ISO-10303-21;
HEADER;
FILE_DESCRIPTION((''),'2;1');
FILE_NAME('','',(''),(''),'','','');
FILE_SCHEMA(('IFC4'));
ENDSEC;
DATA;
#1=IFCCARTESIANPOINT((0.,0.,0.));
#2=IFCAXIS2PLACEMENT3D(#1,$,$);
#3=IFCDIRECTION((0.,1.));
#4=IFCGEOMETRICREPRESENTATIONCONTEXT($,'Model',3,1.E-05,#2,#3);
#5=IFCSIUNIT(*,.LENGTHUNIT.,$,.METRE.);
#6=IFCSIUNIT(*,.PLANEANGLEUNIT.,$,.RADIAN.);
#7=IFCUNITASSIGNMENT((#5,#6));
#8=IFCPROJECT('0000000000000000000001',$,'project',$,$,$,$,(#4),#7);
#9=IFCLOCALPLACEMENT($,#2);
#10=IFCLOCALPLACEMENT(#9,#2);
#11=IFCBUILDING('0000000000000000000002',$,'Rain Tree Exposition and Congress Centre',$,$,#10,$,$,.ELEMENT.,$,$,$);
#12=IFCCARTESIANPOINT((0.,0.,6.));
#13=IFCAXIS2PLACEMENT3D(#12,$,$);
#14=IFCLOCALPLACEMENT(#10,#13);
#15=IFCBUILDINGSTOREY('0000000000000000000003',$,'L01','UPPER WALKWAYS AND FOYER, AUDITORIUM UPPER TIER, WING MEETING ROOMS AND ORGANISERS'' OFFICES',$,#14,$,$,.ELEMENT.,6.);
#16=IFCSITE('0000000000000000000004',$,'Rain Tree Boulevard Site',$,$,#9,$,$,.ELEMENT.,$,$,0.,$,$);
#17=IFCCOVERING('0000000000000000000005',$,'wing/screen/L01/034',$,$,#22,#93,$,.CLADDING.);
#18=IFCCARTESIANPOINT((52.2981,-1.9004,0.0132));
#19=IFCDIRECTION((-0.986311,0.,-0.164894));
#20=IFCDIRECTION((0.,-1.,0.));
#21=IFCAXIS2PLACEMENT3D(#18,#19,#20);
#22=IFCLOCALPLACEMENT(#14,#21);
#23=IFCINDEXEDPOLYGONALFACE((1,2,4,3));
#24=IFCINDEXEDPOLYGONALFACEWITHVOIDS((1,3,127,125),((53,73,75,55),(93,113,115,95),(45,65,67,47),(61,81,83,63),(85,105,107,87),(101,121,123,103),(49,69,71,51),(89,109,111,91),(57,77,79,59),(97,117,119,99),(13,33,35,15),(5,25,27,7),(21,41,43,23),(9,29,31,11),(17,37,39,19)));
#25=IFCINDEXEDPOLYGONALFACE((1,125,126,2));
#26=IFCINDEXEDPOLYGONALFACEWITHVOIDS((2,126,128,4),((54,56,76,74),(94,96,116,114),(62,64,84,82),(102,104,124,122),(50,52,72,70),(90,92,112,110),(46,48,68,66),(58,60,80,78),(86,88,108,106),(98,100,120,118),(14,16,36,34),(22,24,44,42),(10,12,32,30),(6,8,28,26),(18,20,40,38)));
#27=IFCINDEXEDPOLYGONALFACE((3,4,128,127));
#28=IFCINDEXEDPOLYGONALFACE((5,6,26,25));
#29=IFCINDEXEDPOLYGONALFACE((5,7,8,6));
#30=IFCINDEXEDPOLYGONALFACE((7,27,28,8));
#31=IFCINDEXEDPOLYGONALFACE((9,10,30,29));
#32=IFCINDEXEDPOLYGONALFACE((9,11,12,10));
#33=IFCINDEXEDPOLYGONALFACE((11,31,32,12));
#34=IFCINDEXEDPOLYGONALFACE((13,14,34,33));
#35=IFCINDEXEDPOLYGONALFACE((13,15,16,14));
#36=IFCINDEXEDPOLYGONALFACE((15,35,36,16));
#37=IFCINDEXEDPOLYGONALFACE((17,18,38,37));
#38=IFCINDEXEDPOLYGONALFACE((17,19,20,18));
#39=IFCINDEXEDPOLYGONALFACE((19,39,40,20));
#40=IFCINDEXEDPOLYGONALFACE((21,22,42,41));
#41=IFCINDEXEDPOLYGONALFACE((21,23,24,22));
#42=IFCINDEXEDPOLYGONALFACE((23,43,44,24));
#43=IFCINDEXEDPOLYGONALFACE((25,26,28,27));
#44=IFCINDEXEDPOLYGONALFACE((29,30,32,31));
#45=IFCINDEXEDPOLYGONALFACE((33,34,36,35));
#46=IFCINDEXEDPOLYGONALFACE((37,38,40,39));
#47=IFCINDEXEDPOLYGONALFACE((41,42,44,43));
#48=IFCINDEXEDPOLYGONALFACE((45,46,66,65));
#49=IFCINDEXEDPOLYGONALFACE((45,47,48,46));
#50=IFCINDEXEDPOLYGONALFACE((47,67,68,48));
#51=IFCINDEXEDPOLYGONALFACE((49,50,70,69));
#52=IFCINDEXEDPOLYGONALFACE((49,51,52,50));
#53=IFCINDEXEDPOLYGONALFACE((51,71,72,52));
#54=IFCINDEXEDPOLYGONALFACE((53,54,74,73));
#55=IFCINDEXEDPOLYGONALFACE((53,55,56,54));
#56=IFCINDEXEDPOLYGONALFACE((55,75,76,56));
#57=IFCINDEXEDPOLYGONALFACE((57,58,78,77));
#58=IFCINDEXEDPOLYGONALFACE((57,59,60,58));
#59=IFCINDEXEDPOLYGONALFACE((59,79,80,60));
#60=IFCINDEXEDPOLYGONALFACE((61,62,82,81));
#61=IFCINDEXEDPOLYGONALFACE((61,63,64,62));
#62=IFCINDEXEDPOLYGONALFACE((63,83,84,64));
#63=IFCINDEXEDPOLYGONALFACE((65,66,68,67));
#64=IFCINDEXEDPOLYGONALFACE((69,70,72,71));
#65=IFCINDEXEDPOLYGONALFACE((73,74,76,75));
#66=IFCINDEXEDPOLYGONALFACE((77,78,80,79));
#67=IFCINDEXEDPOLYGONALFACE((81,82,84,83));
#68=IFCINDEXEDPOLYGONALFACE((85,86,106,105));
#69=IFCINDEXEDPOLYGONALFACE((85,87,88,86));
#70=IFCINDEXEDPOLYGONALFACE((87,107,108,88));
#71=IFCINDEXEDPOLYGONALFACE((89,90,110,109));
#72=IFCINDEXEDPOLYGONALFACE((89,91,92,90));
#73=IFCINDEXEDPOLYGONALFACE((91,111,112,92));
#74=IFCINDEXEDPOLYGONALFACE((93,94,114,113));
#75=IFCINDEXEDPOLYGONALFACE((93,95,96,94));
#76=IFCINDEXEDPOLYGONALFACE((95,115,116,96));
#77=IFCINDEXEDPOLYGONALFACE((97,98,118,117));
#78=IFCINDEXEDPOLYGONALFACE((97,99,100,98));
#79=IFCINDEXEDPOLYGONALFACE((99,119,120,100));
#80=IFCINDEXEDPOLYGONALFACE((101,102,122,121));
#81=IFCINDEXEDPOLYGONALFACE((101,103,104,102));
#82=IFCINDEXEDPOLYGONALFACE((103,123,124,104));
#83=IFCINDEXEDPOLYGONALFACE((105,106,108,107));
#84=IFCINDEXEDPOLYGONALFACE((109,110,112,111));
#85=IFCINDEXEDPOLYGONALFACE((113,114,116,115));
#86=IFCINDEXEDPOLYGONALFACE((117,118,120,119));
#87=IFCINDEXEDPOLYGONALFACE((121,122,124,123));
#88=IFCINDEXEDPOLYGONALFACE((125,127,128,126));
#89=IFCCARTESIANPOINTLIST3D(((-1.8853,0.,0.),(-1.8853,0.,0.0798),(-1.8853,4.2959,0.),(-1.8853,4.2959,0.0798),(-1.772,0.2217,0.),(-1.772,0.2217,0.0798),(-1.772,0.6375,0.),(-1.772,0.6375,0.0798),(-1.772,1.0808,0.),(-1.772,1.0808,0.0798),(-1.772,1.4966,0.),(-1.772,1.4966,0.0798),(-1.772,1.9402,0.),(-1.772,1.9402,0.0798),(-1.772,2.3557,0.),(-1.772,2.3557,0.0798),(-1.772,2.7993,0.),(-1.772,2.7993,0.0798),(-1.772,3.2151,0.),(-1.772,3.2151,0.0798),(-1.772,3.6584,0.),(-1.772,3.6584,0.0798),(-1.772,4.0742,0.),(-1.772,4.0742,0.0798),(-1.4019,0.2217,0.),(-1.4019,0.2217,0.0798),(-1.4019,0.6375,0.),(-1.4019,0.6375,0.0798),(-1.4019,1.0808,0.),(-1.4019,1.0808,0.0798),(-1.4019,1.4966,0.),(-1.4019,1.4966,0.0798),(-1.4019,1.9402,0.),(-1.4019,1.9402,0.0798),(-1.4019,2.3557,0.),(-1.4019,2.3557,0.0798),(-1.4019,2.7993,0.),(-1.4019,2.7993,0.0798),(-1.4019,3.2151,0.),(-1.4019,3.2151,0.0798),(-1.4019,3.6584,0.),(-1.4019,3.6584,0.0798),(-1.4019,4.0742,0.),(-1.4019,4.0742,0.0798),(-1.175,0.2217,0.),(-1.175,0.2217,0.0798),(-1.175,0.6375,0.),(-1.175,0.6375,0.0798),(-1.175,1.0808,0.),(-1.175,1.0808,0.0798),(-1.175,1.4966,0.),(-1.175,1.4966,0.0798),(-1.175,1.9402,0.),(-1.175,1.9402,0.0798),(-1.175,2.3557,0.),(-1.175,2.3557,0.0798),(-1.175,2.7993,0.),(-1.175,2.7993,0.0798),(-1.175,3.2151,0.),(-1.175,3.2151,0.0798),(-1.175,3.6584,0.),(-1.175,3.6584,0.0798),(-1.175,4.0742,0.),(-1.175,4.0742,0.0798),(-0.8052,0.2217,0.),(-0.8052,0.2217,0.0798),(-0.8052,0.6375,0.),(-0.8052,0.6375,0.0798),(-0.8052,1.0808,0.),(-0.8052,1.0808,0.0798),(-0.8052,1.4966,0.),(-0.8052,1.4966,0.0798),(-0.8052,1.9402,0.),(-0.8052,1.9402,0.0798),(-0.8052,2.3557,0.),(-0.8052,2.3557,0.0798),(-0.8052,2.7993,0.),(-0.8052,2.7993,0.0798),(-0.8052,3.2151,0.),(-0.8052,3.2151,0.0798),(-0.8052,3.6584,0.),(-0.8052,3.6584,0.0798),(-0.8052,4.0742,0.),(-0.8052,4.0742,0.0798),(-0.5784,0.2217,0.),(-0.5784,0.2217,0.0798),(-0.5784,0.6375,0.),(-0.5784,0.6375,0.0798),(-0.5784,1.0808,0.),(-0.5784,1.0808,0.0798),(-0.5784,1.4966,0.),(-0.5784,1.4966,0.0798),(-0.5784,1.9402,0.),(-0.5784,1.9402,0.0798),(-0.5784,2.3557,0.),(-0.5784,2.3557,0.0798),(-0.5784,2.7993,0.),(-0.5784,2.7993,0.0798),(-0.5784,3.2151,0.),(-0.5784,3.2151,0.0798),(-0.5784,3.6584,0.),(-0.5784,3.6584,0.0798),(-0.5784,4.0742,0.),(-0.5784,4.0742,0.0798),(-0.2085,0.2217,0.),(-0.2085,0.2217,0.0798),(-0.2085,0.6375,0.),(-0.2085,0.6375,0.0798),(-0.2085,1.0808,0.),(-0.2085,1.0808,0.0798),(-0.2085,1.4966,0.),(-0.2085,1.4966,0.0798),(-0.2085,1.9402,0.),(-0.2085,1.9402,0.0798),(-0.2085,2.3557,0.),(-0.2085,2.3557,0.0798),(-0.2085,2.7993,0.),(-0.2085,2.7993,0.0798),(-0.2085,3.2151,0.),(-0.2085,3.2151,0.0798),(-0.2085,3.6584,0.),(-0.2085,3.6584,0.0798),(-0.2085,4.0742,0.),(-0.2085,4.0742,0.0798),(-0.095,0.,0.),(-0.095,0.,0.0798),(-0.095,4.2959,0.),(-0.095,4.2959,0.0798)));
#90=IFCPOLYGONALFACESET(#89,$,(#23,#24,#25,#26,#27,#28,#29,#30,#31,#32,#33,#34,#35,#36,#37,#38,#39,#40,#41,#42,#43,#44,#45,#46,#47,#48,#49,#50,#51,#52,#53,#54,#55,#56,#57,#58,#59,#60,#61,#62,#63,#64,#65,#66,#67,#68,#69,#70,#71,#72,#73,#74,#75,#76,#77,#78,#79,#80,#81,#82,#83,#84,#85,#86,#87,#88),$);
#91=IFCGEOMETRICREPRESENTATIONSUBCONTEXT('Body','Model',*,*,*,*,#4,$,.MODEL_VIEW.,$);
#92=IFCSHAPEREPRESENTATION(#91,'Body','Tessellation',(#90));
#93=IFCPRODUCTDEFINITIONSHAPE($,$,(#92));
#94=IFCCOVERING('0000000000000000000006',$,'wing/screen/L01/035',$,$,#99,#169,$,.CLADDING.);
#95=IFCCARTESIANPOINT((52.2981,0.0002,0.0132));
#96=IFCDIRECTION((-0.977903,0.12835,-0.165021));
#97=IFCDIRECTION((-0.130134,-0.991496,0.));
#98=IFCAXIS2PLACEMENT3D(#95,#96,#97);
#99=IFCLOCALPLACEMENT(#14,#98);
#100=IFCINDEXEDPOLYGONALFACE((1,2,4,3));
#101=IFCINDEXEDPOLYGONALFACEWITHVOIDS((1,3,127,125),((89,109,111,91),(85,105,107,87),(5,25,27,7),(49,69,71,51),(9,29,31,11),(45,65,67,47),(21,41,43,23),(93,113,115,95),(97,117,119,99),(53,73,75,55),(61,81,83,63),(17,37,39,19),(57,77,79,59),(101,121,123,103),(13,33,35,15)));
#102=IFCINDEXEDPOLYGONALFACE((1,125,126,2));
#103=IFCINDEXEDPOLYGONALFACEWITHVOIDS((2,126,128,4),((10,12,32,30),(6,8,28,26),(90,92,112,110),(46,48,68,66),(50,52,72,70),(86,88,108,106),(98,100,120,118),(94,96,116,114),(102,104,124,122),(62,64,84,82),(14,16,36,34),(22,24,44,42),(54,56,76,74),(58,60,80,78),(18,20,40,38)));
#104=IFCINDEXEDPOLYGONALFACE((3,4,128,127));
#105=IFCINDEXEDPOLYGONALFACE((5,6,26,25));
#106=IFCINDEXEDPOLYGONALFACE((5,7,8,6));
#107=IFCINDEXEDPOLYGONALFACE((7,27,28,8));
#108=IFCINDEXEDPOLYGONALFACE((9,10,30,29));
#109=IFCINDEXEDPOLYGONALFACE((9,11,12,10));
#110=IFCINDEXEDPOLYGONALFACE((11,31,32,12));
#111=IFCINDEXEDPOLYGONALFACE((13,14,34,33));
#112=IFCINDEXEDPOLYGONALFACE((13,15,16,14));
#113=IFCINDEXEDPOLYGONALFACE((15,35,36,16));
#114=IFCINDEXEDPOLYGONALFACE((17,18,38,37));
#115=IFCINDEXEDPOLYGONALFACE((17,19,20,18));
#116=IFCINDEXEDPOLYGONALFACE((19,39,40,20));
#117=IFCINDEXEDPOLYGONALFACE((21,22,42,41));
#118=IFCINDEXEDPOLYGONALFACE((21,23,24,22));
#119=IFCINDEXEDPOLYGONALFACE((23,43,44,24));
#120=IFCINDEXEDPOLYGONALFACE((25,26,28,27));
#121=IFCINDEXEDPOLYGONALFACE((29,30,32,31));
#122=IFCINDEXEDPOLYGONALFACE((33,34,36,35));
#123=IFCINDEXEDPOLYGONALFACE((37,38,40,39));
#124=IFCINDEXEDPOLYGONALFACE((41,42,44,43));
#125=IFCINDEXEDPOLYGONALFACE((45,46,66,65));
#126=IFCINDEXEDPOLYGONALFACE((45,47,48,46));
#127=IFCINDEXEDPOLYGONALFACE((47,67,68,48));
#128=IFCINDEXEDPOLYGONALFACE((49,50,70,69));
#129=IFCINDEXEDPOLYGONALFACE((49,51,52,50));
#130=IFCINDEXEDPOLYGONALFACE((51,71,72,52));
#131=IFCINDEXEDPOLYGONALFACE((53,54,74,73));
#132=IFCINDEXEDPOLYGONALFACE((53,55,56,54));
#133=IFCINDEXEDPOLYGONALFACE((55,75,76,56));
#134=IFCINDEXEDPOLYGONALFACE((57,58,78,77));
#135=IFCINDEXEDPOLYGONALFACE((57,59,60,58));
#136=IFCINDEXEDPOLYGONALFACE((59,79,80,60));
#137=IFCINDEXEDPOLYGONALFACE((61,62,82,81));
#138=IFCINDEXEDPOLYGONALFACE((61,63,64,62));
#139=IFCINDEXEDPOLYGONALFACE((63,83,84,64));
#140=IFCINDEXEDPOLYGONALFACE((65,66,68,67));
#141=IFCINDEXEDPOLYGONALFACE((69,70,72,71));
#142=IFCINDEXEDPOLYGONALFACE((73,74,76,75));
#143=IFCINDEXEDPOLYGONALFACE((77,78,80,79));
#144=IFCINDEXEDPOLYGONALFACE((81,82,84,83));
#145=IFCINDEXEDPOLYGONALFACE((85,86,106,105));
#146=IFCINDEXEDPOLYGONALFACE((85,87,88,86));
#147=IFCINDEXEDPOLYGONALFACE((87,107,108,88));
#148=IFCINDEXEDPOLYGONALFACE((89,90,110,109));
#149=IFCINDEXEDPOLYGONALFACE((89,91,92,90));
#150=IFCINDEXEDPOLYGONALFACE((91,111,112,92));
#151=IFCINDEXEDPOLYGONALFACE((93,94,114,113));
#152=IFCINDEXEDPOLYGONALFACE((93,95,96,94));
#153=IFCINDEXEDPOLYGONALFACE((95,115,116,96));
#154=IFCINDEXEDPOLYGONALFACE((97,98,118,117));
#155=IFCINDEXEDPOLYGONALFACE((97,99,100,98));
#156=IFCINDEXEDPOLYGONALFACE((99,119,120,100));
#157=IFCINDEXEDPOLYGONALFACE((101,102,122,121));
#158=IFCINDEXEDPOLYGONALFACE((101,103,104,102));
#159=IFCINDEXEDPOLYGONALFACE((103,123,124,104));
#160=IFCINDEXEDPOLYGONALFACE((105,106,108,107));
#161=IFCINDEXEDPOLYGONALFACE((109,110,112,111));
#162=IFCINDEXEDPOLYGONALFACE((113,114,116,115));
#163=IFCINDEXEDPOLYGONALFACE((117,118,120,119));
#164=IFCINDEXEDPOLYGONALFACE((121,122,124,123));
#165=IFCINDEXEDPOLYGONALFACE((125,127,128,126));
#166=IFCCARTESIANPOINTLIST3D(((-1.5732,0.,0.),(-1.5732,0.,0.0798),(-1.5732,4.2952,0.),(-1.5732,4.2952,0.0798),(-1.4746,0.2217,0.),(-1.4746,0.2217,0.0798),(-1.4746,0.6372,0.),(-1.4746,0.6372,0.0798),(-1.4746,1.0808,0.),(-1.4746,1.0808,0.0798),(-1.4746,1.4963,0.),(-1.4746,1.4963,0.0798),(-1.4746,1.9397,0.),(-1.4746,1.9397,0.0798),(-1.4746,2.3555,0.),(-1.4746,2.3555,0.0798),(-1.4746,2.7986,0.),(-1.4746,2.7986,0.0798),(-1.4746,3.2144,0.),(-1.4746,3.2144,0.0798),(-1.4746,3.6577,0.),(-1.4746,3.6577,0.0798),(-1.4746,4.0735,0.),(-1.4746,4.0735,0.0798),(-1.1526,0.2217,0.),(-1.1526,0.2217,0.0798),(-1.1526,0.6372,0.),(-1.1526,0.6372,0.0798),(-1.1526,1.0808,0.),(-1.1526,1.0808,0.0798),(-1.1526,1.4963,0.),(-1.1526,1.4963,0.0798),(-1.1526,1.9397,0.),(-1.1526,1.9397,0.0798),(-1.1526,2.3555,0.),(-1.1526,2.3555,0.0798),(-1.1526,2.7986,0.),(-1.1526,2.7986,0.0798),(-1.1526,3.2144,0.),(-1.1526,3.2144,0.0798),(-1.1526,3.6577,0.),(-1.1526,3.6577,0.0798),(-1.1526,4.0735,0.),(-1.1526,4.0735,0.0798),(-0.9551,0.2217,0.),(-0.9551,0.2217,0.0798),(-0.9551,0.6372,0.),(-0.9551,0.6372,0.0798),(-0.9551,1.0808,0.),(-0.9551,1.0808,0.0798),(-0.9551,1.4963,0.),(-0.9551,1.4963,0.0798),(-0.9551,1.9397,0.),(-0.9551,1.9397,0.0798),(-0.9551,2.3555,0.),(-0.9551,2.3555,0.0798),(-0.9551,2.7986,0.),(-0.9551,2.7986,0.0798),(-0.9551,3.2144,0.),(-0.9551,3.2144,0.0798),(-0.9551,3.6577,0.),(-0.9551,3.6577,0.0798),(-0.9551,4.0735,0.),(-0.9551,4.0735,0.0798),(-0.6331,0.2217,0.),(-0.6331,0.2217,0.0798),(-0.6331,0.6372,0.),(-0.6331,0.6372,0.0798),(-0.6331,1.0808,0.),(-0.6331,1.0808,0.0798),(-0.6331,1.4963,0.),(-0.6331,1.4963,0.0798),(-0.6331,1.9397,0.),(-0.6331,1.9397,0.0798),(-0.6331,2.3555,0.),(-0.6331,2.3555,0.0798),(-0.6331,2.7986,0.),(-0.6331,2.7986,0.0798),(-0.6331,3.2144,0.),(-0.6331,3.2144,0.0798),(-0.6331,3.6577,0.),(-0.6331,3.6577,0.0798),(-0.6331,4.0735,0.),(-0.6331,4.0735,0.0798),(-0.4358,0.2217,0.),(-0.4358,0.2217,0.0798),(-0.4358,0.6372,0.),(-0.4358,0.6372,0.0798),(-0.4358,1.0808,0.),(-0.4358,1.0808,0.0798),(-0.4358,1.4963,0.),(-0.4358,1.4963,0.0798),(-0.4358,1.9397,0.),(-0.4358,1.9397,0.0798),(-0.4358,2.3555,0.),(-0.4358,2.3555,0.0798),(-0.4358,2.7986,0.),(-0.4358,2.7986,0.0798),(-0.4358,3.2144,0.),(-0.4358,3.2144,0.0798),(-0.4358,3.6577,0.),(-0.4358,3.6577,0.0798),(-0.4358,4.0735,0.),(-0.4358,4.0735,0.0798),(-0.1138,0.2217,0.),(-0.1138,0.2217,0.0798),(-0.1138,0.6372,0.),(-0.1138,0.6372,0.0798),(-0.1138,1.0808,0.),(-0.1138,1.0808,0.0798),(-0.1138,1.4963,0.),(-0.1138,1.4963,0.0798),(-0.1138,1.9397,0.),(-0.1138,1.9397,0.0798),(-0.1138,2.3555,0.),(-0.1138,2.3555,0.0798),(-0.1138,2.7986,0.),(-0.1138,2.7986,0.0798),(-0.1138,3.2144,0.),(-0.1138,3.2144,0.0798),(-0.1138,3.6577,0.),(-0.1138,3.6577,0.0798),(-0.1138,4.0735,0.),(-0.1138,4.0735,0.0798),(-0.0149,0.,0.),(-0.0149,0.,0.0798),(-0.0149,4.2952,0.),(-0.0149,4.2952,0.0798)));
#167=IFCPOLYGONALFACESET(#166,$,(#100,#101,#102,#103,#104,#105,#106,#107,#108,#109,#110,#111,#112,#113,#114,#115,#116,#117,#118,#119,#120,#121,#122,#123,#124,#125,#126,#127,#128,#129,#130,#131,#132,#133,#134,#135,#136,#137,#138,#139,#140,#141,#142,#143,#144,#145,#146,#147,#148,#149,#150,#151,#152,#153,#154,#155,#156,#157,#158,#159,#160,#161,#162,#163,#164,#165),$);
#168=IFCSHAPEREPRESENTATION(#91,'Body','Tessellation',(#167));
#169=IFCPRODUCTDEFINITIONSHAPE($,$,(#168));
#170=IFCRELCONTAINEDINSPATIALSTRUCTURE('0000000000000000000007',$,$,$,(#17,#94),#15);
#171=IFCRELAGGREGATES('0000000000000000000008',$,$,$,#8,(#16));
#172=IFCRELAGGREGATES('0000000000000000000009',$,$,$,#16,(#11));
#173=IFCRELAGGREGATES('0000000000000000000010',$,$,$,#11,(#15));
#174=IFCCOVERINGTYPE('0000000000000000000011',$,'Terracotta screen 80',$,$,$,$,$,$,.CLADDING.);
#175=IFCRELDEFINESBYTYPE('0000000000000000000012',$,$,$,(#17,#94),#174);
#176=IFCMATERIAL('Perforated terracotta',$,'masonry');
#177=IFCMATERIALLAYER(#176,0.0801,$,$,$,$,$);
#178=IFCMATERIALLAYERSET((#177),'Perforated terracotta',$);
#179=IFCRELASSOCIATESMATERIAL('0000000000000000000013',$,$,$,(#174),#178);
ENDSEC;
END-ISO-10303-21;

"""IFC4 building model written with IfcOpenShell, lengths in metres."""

from ifc_helpers import new_model, si_unit, direction, frame, origin, place, context, subcontext, project, spatial, polyline, outline, extrude, material, layer, layer_set, type_object, element, save


model = new_model("IFC4")

# Units and contexts
model_context = context("Model", 3, precision=1e-05, world=origin(), true_north=direction((0.0, 1.0)))
body_context = subcontext(model_context, "Body", "Model", "MODEL_VIEW")
ifc_project = project(units=[si_unit("LENGTHUNIT", "METRE"), si_unit("PLANEANGLEUNIT", "RADIAN")], contexts=[model_context])

# Site, building, storey
site_placement = place(None, origin())
site = spatial("IfcSite", under=ifc_project, at=site_placement, Name="Rain Tree Boulevard Site", CompositionType="ELEMENT", RefElevation=0.0)
building_placement = place(site_placement, origin())
building = spatial("IfcBuilding", under=site, at=building_placement, Name="Rain Tree Exposition and Congress Centre", CompositionType="ELEMENT")
storey_placement = place(building_placement, frame((0.0, 0.0, 6.0)))
storey = spatial("IfcBuildingStorey", under=building, at=storey_placement, Name="L01", Description="UPPER WALKWAYS AND FOYER, AUDITORIUM UPPER TIER, WING MEETING ROOMS AND ORGANISERS' OFFICES", CompositionType="ELEMENT", Elevation=6.0)

# Coverings
ifc_material_1 = material(Name="Perforated terracotta", Category="masonry")
ifc_layer = layer(ifc_material_1, 0.0801)
ifc_layer_set = layer_set([ifc_layer], Name="Perforated terracotta")
covering_type = type_object("IfcCoveringType", Name="Terracotta screen 80", PredefinedType="CLADDING", material=ifc_layer_set)
covering_1_placement = place(storey_placement, frame((52.2981, -1.9004, 0.0132), z_axis=(-0.986311, 0.0, -0.164894), x_axis=(0.0, -1.0, 0.0)))
element("IfcCovering", 1, at=covering_1_placement, inside=storey, type_object=covering_type, Name="wing/screen/L01/034", PredefinedType="CLADDING", context=body_context, shape_type="SweptSolid", body=[
    extrude(outline(polyline([(-1.8853, 0.0), (-1.8853, 4.2959), (-0.095, 4.2959), (-0.095, 0.0), (-1.8853, 0.0)]), holes=[polyline([(-0.2085, 0.2217), (-0.2085, 0.6375), (-0.5784, 0.6375), (-0.5784, 0.2217), (-0.2085, 0.2217)]), polyline([(-0.2085, 1.0808), (-0.2085, 1.4966), (-0.5784, 1.4966), (-0.5784, 1.0808), (-0.2085, 1.0808)]), polyline([(-0.2085, 1.9402), (-0.2085, 2.3557), (-0.5784, 2.3557), (-0.5784, 1.9402), (-0.2085, 1.9402)]), polyline([(-0.2085, 2.7993), (-0.2085, 3.2151), (-0.5784, 3.2151), (-0.5784, 2.7993), (-0.2085, 2.7993)]), polyline([(-0.2085, 3.6584), (-0.2085, 4.0742), (-0.5784, 4.0742), (-0.5784, 3.6584), (-0.2085, 3.6584)]), polyline([(-0.8052, 0.2217), (-0.8052, 0.6375), (-1.175, 0.6375), (-1.175, 0.2217), (-0.8052, 0.2217)]), polyline([(-0.8052, 1.0808), (-0.8052, 1.4966), (-1.175, 1.4966), (-1.175, 1.0808), (-0.8052, 1.0808)]), polyline([(-0.8052, 1.9402), (-0.8052, 2.3557), (-1.175, 2.3557), (-1.175, 1.9402), (-0.8052, 1.9402)]), polyline([(-0.8052, 2.7993), (-0.8052, 3.2151), (-1.175, 3.2151), (-1.175, 2.7993), (-0.8052, 2.7993)]), polyline([(-0.8052, 3.6584), (-0.8052, 4.0742), (-1.175, 4.0742), (-1.175, 3.6584), (-0.8052, 3.6584)]), polyline([(-1.4019, 0.2217), (-1.4019, 0.6375), (-1.772, 0.6375), (-1.772, 0.2217), (-1.4019, 0.2217)]), polyline([(-1.4019, 1.0808), (-1.4019, 1.4966), (-1.772, 1.4966), (-1.772, 1.0808), (-1.4019, 1.0808)]), polyline([(-1.4019, 1.9402), (-1.4019, 2.3557), (-1.772, 2.3557), (-1.772, 1.9402), (-1.4019, 1.9402)]), polyline([(-1.4019, 2.7993), (-1.4019, 3.2151), (-1.772, 3.2151), (-1.772, 2.7993), (-1.4019, 2.7993)]), polyline([(-1.4019, 3.6584), (-1.4019, 4.0742), (-1.772, 4.0742), (-1.772, 3.6584), (-1.4019, 3.6584)])]), origin(), (0.0, 0.0, 1.0), 0.0798),
])
covering_2_placement = place(storey_placement, frame((52.2981, 0.0002, 0.0132), z_axis=(-0.977903, 0.12835, -0.165021), x_axis=(-0.130134, -0.991496, 0.0)))
element("IfcCovering", 2, at=covering_2_placement, inside=storey, type_object=covering_type, Name="wing/screen/L01/035", PredefinedType="CLADDING", context=body_context, shape_type="SweptSolid", body=[
    extrude(outline(polyline([(-1.5732, 0.0), (-1.5732, 4.2952), (-0.0149, 4.2952), (-0.0149, 0.0), (-1.5732, 0.0)]), holes=[polyline([(-0.1138, 0.2217), (-0.1138, 0.6372), (-0.4358, 0.6372), (-0.4358, 0.2217), (-0.1138, 0.2217)]), polyline([(-0.1138, 1.0808), (-0.1138, 1.4963), (-0.4358, 1.4963), (-0.4358, 1.0808), (-0.1138, 1.0808)]), polyline([(-0.1138, 1.9397), (-0.1138, 2.3555), (-0.4358, 2.3555), (-0.4358, 1.9397), (-0.1138, 1.9397)]), polyline([(-0.1138, 2.7986), (-0.1138, 3.2144), (-0.4358, 3.2144), (-0.4358, 2.7986), (-0.1138, 2.7986)]), polyline([(-0.1138, 3.6577), (-0.1138, 4.0735), (-0.4358, 4.0735), (-0.4358, 3.6577), (-0.1138, 3.6577)]), polyline([(-0.6331, 0.2217), (-0.6331, 0.6372), (-0.9551, 0.6372), (-0.9551, 0.2217), (-0.6331, 0.2217)]), polyline([(-0.6331, 1.0808), (-0.6331, 1.4963), (-0.9551, 1.4963), (-0.9551, 1.0808), (-0.6331, 1.0808)]), polyline([(-0.6331, 1.9397), (-0.6331, 2.3555), (-0.9551, 2.3555), (-0.9551, 1.9397), (-0.6331, 1.9397)]), polyline([(-0.6331, 2.7986), (-0.6331, 3.2144), (-0.9551, 3.2144), (-0.9551, 2.7986), (-0.6331, 2.7986)]), polyline([(-0.6331, 3.6577), (-0.6331, 4.0735), (-0.9551, 4.0735), (-0.9551, 3.6577), (-0.6331, 3.6577)]), polyline([(-1.1526, 0.2217), (-1.1526, 0.6372), (-1.4746, 0.6372), (-1.4746, 0.2217), (-1.1526, 0.2217)]), polyline([(-1.1526, 1.0808), (-1.1526, 1.4963), (-1.4746, 1.4963), (-1.4746, 1.0808), (-1.1526, 1.0808)]), polyline([(-1.1526, 1.9397), (-1.1526, 2.3555), (-1.4746, 2.3555), (-1.4746, 1.9397), (-1.1526, 1.9397)]), polyline([(-1.1526, 2.7986), (-1.1526, 3.2144), (-1.4746, 3.2144), (-1.4746, 2.7986), (-1.1526, 2.7986)]), polyline([(-1.1526, 3.6577), (-1.1526, 4.0735), (-1.4746, 4.0735), (-1.4746, 3.6577), (-1.1526, 3.6577)])]), origin(), (0.0, 0.0, 1.0), 0.0798),
])

save(model, "model.ifc")
